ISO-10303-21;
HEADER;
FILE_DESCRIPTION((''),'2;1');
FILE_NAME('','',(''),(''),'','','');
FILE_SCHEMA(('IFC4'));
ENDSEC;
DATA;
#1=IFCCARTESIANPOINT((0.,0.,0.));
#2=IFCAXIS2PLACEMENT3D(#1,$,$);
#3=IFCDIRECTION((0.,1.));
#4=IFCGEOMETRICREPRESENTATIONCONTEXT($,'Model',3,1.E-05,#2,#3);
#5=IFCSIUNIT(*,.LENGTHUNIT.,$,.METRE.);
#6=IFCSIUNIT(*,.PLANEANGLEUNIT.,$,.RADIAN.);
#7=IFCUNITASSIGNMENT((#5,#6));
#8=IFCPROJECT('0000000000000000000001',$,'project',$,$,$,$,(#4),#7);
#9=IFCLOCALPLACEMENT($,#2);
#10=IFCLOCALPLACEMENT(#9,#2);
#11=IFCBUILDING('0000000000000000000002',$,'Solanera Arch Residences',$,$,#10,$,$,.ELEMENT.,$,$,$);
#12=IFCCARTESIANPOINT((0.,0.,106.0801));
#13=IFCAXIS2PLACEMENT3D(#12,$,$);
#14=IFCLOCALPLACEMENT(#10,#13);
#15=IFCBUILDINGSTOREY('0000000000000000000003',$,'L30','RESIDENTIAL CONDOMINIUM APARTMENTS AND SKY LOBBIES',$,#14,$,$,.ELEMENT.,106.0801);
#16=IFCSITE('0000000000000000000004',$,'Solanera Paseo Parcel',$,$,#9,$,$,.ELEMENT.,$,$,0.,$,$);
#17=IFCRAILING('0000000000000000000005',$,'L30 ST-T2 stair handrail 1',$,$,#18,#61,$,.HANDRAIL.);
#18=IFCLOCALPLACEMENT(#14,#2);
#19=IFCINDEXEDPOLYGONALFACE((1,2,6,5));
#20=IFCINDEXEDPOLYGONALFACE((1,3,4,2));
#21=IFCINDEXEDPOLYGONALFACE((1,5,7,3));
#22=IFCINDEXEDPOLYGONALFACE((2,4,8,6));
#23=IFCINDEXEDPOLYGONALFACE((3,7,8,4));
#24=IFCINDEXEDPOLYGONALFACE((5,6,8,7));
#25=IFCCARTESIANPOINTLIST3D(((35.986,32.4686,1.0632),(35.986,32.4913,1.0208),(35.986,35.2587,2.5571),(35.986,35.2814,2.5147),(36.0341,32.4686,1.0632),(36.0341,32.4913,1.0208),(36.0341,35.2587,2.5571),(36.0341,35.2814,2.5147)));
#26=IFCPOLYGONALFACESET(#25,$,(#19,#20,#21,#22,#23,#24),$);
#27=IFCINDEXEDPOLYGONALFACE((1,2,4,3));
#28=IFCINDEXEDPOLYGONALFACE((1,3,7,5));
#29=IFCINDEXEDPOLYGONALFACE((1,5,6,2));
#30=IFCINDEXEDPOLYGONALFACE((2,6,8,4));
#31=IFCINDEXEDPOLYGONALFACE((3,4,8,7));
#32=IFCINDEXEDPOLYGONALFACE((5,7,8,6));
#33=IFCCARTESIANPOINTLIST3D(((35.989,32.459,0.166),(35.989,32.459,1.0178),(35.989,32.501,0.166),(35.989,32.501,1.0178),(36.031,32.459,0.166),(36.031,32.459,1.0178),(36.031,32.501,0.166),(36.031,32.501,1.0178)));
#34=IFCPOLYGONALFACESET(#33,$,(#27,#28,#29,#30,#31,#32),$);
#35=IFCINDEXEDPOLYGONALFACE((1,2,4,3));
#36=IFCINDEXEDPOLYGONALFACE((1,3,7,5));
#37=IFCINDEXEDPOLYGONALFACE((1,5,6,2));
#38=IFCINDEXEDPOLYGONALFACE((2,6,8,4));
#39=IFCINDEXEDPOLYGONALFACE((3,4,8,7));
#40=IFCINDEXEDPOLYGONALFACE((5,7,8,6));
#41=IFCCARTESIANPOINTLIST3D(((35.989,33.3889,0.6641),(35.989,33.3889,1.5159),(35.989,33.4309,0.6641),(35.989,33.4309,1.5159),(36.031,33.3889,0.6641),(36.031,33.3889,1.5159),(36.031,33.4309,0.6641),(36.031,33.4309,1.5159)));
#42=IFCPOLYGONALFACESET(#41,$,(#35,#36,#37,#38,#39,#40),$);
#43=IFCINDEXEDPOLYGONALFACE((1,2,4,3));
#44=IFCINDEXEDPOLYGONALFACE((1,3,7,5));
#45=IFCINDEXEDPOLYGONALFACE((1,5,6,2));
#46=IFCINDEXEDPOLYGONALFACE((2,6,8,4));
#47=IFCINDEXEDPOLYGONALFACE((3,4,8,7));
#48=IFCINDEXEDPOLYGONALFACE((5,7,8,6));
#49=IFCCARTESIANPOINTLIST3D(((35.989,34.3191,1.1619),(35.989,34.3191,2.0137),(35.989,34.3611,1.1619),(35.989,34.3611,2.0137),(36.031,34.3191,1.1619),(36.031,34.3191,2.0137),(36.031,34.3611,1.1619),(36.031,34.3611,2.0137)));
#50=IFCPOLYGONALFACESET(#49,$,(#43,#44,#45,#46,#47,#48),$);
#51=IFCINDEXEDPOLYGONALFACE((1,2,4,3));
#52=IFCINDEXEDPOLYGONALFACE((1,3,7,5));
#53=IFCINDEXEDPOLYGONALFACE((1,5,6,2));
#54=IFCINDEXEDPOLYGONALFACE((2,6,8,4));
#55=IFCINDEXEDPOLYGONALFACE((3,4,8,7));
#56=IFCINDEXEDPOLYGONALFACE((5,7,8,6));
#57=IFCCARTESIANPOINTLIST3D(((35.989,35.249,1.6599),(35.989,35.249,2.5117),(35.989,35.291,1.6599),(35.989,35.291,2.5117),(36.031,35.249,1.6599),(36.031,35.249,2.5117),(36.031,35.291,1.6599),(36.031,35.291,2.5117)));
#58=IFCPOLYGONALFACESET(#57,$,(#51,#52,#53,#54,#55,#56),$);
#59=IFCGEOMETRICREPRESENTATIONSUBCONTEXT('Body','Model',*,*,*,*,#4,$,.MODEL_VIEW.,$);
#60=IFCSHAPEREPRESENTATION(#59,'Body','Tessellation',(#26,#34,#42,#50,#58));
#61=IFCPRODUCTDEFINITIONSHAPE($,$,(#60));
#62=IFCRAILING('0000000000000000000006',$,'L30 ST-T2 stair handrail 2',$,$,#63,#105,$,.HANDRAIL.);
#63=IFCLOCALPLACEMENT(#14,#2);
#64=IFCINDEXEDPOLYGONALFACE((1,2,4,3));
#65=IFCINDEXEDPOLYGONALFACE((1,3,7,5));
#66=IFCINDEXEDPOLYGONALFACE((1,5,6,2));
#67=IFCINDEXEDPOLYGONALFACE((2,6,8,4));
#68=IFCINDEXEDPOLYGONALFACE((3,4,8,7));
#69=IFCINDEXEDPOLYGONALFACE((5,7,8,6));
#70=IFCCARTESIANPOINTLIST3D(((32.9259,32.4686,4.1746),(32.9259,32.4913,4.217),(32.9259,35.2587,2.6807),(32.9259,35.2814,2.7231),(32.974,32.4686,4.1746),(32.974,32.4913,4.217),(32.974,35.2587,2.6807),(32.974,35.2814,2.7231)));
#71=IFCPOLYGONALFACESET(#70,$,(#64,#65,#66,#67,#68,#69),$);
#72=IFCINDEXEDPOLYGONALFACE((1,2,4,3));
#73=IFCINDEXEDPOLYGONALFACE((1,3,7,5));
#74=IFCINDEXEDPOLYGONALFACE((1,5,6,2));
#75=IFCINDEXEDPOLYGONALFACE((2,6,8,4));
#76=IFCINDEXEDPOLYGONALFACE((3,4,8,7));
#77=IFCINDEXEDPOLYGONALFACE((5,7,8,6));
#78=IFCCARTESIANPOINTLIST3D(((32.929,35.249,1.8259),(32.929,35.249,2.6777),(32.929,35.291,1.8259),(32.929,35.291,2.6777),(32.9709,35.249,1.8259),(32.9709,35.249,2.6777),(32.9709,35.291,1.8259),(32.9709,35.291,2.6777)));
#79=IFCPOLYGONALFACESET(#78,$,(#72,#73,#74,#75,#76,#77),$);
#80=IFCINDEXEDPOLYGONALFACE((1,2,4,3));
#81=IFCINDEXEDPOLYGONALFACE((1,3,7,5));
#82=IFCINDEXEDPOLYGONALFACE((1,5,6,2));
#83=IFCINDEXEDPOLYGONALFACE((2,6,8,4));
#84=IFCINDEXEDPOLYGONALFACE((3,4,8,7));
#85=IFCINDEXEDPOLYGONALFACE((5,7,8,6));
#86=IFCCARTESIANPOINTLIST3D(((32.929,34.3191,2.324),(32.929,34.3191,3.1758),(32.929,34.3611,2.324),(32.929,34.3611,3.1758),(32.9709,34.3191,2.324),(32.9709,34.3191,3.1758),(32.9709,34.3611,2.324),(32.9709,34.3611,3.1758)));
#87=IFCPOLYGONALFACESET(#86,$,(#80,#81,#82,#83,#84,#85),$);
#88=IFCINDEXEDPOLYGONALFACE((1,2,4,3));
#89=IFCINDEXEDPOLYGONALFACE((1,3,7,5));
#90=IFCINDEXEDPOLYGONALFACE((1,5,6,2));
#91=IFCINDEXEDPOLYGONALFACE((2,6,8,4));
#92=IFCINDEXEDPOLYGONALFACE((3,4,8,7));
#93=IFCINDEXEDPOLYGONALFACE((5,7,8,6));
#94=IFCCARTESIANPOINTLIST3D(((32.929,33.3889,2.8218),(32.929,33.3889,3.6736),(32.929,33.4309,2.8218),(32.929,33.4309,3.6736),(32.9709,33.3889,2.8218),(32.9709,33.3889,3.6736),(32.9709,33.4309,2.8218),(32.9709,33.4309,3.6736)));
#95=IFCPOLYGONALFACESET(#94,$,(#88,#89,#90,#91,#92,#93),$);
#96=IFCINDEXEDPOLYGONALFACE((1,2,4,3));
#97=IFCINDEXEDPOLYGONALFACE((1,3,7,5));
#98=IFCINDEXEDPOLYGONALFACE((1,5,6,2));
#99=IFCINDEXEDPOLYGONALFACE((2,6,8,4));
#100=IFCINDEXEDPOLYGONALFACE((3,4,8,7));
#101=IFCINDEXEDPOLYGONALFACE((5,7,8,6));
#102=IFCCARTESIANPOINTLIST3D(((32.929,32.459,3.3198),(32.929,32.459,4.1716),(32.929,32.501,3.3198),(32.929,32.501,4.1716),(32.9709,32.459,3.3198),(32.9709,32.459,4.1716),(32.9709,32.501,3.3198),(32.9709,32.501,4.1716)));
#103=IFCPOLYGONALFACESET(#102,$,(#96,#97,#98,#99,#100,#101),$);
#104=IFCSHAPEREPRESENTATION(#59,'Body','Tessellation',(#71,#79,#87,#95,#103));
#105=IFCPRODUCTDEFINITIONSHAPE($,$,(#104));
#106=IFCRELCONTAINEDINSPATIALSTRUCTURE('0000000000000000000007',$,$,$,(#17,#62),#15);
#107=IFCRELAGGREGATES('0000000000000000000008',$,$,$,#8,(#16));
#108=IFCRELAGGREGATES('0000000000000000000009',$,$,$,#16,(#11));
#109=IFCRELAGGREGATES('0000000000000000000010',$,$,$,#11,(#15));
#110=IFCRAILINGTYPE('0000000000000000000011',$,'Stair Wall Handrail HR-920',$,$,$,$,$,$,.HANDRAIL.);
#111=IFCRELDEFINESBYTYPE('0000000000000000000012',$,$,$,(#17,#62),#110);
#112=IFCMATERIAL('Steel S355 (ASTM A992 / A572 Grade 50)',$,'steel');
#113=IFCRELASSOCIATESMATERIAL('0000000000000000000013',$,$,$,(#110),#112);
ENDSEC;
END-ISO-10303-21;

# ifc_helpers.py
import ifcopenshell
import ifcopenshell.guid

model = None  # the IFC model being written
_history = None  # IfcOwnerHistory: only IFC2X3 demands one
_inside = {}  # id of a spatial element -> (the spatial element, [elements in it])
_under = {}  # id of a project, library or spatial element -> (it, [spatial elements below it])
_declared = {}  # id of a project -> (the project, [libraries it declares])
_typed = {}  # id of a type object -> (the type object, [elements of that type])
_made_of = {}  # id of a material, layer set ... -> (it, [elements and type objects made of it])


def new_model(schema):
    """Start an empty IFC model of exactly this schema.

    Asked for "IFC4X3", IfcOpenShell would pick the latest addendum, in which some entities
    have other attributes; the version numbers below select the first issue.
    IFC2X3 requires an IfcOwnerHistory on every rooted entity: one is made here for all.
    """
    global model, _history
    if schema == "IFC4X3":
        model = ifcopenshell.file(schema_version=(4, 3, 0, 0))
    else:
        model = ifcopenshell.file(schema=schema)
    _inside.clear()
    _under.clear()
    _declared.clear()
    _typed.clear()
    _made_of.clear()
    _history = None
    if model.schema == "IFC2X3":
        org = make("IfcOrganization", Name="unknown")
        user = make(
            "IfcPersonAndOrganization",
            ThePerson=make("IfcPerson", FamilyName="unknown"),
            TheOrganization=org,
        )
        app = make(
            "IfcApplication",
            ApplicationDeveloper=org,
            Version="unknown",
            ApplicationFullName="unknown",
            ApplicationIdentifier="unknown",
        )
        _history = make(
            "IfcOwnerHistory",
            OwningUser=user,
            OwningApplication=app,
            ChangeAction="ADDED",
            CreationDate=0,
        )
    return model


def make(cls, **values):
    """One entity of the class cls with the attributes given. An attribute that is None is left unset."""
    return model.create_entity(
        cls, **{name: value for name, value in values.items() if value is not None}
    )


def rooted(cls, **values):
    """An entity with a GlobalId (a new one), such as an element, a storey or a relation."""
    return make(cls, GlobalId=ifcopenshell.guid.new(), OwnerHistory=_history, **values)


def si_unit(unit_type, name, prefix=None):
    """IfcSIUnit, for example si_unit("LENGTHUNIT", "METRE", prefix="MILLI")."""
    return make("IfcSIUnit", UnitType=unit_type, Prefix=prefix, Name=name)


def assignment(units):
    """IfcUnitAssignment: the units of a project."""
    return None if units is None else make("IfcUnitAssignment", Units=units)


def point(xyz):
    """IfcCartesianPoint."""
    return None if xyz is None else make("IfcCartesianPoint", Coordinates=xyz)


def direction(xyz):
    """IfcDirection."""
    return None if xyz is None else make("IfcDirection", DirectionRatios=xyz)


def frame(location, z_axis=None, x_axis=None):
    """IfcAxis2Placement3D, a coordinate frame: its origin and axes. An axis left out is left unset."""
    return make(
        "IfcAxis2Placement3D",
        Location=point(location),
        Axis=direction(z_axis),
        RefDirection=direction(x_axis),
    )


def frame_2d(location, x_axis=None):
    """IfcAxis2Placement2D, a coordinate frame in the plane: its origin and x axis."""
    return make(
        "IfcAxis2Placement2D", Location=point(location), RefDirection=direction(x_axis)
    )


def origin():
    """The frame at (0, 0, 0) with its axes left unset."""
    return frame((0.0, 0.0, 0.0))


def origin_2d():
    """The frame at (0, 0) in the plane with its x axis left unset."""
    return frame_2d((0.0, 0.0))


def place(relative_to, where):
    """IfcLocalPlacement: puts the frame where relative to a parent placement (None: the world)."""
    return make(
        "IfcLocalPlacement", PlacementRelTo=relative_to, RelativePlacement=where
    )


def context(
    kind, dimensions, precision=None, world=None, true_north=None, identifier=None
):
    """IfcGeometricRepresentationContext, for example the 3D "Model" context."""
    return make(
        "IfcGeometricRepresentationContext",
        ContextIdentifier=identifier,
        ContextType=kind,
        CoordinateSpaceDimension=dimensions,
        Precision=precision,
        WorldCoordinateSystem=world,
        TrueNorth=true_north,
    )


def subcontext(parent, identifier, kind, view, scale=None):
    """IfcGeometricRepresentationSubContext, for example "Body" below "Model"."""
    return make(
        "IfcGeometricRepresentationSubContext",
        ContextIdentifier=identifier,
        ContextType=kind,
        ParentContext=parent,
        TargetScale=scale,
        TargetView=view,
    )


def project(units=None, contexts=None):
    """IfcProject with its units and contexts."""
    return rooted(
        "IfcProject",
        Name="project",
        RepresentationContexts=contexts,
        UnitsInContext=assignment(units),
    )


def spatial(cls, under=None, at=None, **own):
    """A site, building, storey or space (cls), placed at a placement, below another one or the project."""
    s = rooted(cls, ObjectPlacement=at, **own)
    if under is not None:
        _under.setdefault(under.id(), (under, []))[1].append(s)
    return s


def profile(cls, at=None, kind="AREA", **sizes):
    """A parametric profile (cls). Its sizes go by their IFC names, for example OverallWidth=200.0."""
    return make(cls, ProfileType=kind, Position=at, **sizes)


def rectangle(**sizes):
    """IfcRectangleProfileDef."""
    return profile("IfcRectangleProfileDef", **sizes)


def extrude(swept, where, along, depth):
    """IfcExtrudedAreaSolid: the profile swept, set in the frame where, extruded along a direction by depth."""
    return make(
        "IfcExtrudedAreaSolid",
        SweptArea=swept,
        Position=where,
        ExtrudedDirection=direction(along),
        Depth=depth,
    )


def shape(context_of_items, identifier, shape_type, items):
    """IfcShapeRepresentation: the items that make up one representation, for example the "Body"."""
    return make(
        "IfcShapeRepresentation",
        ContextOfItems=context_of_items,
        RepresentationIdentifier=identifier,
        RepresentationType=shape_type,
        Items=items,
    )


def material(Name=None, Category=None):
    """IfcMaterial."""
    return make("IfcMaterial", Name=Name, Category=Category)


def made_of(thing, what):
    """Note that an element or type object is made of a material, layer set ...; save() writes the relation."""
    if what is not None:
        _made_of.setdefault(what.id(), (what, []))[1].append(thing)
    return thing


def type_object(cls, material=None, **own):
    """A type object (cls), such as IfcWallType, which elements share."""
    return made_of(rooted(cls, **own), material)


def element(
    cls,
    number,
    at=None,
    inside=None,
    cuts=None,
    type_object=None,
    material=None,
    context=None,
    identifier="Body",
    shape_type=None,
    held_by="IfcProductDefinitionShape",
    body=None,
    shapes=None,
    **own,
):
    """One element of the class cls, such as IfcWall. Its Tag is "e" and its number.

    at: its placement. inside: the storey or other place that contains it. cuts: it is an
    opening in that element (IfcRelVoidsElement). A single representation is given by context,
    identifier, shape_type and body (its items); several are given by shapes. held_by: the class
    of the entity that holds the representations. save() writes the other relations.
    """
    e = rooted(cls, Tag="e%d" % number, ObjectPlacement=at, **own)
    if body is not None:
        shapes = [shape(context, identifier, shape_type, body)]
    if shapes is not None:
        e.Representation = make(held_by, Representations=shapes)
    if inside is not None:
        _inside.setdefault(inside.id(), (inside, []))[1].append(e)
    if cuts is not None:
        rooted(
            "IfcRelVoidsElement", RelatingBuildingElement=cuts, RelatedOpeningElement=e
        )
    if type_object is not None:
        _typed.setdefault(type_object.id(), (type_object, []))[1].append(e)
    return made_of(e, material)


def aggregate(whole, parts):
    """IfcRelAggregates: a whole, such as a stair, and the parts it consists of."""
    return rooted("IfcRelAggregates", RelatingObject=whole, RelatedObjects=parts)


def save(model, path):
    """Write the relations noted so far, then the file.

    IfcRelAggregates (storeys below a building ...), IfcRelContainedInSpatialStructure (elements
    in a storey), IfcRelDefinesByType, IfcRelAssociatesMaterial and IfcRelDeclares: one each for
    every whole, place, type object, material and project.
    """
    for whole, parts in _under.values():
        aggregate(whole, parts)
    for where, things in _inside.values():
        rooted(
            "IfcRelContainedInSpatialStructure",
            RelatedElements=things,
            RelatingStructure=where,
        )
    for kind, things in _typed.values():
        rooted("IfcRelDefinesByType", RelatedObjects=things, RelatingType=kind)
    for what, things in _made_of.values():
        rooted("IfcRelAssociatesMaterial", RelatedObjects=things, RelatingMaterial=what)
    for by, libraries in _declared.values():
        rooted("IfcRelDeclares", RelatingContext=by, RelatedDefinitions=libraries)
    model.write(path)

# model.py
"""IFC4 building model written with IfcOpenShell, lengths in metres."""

from ifc_helpers import new_model, si_unit, direction, frame, origin, origin_2d, place, context, subcontext, project, spatial, rectangle, extrude, material, type_object, element, save


model = new_model("IFC4")

# Units and contexts
model_context = context("Model", 3, precision=1e-05, world=origin(), true_north=direction((0.0, 1.0)))
body_context = subcontext(model_context, "Body", "Model", "MODEL_VIEW")
ifc_project = project(units=[si_unit("LENGTHUNIT", "METRE"), si_unit("PLANEANGLEUNIT", "RADIAN")], contexts=[model_context])

# Site, building, storey
site_placement = place(None, origin())
site = spatial("IfcSite", under=ifc_project, at=site_placement, Name="Solanera Paseo Parcel", CompositionType="ELEMENT", RefElevation=0.0)
building_placement = place(site_placement, origin())
building = spatial("IfcBuilding", under=site, at=building_placement, Name="Solanera Arch Residences", CompositionType="ELEMENT")
storey_placement = place(building_placement, frame((0.0, 0.0, 106.0801)))
storey = spatial("IfcBuildingStorey", under=building, at=storey_placement, Name="L30", Description="RESIDENTIAL CONDOMINIUM APARTMENTS AND SKY LOBBIES", CompositionType="ELEMENT", Elevation=106.0801)

# Railings
ifc_material_1 = material(Name="Steel S355 (ASTM A992 / A572 Grade 50)", Category="steel")
railing_type_1 = type_object("IfcRailingType", Name="Stair Wall Handrail HR-920", PredefinedType="HANDRAIL", material=ifc_material_1)
railing_1_placement = place(storey_placement, frame((36.01, 32.48, 0.166)))
element("IfcRailing", 1, at=railing_1_placement, inside=storey, type_object=railing_type_1, Name="L30 ST-T2 stair handrail 1", PredefinedType="HANDRAIL", context=body_context, shape_type="SweptSolid", body=[
    extrude(rectangle(XDim=0.0481, YDim=0.0481, at=origin_2d()), frame((0.0, 0.0, 0.876), z_axis=(0.0, 0.881581, 0.472033), x_axis=(-1.0, 0.0, 0.0)), (0.0, 0.0, 1.0), 3.1648),
    extrude(rectangle(XDim=0.042, YDim=0.042, at=origin_2d()), origin(), (0.0, 0.0, 1.0), 0.8518),
    extrude(rectangle(XDim=0.042, YDim=0.042, at=origin_2d()), frame((0.0, 0.9299, 0.498)), (0.0, 0.0, 1.0), 0.8518),
    extrude(rectangle(XDim=0.042, YDim=0.042, at=origin_2d()), frame((0.0, 1.8601, 0.9958)), (0.0, 0.0, 1.0), 0.8518),
    extrude(rectangle(XDim=0.042, YDim=0.042, at=origin_2d()), frame((0.0, 2.79, 1.4939)), (0.0, 0.0, 1.0), 0.8518),
])
railing_2_placement = place(storey_placement, frame((32.95, 35.27, 1.8259)))
element("IfcRailing", 2, at=railing_2_placement, inside=storey, type_object=railing_type_1, Name="L30 ST-T2 stair handrail 2", PredefinedType="HANDRAIL", context=body_context, shape_type="SweptSolid", body=[
    extrude(rectangle(XDim=0.0481, YDim=0.0481, at=origin_2d()), frame((0.0, 0.0, 0.876), z_axis=(0.0, -0.881581, 0.472033), x_axis=(1.0, 0.0, 0.0)), (0.0, 0.0, 1.0), 3.1648),
    extrude(rectangle(XDim=0.042, YDim=0.042, at=origin_2d()), origin(), (0.0, 0.0, 1.0), 0.8518),
    extrude(rectangle(XDim=0.042, YDim=0.042, at=origin_2d()), frame((0.0, -0.9299, 0.498)), (0.0, 0.0, 1.0), 0.8518),
    extrude(rectangle(XDim=0.042, YDim=0.042, at=origin_2d()), frame((0.0, -1.8601, 0.9958)), (0.0, 0.0, 1.0), 0.8518),
    extrude(rectangle(XDim=0.042, YDim=0.042, at=origin_2d()), frame((0.0, -2.79, 1.4939)), (0.0, 0.0, 1.0), 0.8518),
])

save(model, "model.ifc")
